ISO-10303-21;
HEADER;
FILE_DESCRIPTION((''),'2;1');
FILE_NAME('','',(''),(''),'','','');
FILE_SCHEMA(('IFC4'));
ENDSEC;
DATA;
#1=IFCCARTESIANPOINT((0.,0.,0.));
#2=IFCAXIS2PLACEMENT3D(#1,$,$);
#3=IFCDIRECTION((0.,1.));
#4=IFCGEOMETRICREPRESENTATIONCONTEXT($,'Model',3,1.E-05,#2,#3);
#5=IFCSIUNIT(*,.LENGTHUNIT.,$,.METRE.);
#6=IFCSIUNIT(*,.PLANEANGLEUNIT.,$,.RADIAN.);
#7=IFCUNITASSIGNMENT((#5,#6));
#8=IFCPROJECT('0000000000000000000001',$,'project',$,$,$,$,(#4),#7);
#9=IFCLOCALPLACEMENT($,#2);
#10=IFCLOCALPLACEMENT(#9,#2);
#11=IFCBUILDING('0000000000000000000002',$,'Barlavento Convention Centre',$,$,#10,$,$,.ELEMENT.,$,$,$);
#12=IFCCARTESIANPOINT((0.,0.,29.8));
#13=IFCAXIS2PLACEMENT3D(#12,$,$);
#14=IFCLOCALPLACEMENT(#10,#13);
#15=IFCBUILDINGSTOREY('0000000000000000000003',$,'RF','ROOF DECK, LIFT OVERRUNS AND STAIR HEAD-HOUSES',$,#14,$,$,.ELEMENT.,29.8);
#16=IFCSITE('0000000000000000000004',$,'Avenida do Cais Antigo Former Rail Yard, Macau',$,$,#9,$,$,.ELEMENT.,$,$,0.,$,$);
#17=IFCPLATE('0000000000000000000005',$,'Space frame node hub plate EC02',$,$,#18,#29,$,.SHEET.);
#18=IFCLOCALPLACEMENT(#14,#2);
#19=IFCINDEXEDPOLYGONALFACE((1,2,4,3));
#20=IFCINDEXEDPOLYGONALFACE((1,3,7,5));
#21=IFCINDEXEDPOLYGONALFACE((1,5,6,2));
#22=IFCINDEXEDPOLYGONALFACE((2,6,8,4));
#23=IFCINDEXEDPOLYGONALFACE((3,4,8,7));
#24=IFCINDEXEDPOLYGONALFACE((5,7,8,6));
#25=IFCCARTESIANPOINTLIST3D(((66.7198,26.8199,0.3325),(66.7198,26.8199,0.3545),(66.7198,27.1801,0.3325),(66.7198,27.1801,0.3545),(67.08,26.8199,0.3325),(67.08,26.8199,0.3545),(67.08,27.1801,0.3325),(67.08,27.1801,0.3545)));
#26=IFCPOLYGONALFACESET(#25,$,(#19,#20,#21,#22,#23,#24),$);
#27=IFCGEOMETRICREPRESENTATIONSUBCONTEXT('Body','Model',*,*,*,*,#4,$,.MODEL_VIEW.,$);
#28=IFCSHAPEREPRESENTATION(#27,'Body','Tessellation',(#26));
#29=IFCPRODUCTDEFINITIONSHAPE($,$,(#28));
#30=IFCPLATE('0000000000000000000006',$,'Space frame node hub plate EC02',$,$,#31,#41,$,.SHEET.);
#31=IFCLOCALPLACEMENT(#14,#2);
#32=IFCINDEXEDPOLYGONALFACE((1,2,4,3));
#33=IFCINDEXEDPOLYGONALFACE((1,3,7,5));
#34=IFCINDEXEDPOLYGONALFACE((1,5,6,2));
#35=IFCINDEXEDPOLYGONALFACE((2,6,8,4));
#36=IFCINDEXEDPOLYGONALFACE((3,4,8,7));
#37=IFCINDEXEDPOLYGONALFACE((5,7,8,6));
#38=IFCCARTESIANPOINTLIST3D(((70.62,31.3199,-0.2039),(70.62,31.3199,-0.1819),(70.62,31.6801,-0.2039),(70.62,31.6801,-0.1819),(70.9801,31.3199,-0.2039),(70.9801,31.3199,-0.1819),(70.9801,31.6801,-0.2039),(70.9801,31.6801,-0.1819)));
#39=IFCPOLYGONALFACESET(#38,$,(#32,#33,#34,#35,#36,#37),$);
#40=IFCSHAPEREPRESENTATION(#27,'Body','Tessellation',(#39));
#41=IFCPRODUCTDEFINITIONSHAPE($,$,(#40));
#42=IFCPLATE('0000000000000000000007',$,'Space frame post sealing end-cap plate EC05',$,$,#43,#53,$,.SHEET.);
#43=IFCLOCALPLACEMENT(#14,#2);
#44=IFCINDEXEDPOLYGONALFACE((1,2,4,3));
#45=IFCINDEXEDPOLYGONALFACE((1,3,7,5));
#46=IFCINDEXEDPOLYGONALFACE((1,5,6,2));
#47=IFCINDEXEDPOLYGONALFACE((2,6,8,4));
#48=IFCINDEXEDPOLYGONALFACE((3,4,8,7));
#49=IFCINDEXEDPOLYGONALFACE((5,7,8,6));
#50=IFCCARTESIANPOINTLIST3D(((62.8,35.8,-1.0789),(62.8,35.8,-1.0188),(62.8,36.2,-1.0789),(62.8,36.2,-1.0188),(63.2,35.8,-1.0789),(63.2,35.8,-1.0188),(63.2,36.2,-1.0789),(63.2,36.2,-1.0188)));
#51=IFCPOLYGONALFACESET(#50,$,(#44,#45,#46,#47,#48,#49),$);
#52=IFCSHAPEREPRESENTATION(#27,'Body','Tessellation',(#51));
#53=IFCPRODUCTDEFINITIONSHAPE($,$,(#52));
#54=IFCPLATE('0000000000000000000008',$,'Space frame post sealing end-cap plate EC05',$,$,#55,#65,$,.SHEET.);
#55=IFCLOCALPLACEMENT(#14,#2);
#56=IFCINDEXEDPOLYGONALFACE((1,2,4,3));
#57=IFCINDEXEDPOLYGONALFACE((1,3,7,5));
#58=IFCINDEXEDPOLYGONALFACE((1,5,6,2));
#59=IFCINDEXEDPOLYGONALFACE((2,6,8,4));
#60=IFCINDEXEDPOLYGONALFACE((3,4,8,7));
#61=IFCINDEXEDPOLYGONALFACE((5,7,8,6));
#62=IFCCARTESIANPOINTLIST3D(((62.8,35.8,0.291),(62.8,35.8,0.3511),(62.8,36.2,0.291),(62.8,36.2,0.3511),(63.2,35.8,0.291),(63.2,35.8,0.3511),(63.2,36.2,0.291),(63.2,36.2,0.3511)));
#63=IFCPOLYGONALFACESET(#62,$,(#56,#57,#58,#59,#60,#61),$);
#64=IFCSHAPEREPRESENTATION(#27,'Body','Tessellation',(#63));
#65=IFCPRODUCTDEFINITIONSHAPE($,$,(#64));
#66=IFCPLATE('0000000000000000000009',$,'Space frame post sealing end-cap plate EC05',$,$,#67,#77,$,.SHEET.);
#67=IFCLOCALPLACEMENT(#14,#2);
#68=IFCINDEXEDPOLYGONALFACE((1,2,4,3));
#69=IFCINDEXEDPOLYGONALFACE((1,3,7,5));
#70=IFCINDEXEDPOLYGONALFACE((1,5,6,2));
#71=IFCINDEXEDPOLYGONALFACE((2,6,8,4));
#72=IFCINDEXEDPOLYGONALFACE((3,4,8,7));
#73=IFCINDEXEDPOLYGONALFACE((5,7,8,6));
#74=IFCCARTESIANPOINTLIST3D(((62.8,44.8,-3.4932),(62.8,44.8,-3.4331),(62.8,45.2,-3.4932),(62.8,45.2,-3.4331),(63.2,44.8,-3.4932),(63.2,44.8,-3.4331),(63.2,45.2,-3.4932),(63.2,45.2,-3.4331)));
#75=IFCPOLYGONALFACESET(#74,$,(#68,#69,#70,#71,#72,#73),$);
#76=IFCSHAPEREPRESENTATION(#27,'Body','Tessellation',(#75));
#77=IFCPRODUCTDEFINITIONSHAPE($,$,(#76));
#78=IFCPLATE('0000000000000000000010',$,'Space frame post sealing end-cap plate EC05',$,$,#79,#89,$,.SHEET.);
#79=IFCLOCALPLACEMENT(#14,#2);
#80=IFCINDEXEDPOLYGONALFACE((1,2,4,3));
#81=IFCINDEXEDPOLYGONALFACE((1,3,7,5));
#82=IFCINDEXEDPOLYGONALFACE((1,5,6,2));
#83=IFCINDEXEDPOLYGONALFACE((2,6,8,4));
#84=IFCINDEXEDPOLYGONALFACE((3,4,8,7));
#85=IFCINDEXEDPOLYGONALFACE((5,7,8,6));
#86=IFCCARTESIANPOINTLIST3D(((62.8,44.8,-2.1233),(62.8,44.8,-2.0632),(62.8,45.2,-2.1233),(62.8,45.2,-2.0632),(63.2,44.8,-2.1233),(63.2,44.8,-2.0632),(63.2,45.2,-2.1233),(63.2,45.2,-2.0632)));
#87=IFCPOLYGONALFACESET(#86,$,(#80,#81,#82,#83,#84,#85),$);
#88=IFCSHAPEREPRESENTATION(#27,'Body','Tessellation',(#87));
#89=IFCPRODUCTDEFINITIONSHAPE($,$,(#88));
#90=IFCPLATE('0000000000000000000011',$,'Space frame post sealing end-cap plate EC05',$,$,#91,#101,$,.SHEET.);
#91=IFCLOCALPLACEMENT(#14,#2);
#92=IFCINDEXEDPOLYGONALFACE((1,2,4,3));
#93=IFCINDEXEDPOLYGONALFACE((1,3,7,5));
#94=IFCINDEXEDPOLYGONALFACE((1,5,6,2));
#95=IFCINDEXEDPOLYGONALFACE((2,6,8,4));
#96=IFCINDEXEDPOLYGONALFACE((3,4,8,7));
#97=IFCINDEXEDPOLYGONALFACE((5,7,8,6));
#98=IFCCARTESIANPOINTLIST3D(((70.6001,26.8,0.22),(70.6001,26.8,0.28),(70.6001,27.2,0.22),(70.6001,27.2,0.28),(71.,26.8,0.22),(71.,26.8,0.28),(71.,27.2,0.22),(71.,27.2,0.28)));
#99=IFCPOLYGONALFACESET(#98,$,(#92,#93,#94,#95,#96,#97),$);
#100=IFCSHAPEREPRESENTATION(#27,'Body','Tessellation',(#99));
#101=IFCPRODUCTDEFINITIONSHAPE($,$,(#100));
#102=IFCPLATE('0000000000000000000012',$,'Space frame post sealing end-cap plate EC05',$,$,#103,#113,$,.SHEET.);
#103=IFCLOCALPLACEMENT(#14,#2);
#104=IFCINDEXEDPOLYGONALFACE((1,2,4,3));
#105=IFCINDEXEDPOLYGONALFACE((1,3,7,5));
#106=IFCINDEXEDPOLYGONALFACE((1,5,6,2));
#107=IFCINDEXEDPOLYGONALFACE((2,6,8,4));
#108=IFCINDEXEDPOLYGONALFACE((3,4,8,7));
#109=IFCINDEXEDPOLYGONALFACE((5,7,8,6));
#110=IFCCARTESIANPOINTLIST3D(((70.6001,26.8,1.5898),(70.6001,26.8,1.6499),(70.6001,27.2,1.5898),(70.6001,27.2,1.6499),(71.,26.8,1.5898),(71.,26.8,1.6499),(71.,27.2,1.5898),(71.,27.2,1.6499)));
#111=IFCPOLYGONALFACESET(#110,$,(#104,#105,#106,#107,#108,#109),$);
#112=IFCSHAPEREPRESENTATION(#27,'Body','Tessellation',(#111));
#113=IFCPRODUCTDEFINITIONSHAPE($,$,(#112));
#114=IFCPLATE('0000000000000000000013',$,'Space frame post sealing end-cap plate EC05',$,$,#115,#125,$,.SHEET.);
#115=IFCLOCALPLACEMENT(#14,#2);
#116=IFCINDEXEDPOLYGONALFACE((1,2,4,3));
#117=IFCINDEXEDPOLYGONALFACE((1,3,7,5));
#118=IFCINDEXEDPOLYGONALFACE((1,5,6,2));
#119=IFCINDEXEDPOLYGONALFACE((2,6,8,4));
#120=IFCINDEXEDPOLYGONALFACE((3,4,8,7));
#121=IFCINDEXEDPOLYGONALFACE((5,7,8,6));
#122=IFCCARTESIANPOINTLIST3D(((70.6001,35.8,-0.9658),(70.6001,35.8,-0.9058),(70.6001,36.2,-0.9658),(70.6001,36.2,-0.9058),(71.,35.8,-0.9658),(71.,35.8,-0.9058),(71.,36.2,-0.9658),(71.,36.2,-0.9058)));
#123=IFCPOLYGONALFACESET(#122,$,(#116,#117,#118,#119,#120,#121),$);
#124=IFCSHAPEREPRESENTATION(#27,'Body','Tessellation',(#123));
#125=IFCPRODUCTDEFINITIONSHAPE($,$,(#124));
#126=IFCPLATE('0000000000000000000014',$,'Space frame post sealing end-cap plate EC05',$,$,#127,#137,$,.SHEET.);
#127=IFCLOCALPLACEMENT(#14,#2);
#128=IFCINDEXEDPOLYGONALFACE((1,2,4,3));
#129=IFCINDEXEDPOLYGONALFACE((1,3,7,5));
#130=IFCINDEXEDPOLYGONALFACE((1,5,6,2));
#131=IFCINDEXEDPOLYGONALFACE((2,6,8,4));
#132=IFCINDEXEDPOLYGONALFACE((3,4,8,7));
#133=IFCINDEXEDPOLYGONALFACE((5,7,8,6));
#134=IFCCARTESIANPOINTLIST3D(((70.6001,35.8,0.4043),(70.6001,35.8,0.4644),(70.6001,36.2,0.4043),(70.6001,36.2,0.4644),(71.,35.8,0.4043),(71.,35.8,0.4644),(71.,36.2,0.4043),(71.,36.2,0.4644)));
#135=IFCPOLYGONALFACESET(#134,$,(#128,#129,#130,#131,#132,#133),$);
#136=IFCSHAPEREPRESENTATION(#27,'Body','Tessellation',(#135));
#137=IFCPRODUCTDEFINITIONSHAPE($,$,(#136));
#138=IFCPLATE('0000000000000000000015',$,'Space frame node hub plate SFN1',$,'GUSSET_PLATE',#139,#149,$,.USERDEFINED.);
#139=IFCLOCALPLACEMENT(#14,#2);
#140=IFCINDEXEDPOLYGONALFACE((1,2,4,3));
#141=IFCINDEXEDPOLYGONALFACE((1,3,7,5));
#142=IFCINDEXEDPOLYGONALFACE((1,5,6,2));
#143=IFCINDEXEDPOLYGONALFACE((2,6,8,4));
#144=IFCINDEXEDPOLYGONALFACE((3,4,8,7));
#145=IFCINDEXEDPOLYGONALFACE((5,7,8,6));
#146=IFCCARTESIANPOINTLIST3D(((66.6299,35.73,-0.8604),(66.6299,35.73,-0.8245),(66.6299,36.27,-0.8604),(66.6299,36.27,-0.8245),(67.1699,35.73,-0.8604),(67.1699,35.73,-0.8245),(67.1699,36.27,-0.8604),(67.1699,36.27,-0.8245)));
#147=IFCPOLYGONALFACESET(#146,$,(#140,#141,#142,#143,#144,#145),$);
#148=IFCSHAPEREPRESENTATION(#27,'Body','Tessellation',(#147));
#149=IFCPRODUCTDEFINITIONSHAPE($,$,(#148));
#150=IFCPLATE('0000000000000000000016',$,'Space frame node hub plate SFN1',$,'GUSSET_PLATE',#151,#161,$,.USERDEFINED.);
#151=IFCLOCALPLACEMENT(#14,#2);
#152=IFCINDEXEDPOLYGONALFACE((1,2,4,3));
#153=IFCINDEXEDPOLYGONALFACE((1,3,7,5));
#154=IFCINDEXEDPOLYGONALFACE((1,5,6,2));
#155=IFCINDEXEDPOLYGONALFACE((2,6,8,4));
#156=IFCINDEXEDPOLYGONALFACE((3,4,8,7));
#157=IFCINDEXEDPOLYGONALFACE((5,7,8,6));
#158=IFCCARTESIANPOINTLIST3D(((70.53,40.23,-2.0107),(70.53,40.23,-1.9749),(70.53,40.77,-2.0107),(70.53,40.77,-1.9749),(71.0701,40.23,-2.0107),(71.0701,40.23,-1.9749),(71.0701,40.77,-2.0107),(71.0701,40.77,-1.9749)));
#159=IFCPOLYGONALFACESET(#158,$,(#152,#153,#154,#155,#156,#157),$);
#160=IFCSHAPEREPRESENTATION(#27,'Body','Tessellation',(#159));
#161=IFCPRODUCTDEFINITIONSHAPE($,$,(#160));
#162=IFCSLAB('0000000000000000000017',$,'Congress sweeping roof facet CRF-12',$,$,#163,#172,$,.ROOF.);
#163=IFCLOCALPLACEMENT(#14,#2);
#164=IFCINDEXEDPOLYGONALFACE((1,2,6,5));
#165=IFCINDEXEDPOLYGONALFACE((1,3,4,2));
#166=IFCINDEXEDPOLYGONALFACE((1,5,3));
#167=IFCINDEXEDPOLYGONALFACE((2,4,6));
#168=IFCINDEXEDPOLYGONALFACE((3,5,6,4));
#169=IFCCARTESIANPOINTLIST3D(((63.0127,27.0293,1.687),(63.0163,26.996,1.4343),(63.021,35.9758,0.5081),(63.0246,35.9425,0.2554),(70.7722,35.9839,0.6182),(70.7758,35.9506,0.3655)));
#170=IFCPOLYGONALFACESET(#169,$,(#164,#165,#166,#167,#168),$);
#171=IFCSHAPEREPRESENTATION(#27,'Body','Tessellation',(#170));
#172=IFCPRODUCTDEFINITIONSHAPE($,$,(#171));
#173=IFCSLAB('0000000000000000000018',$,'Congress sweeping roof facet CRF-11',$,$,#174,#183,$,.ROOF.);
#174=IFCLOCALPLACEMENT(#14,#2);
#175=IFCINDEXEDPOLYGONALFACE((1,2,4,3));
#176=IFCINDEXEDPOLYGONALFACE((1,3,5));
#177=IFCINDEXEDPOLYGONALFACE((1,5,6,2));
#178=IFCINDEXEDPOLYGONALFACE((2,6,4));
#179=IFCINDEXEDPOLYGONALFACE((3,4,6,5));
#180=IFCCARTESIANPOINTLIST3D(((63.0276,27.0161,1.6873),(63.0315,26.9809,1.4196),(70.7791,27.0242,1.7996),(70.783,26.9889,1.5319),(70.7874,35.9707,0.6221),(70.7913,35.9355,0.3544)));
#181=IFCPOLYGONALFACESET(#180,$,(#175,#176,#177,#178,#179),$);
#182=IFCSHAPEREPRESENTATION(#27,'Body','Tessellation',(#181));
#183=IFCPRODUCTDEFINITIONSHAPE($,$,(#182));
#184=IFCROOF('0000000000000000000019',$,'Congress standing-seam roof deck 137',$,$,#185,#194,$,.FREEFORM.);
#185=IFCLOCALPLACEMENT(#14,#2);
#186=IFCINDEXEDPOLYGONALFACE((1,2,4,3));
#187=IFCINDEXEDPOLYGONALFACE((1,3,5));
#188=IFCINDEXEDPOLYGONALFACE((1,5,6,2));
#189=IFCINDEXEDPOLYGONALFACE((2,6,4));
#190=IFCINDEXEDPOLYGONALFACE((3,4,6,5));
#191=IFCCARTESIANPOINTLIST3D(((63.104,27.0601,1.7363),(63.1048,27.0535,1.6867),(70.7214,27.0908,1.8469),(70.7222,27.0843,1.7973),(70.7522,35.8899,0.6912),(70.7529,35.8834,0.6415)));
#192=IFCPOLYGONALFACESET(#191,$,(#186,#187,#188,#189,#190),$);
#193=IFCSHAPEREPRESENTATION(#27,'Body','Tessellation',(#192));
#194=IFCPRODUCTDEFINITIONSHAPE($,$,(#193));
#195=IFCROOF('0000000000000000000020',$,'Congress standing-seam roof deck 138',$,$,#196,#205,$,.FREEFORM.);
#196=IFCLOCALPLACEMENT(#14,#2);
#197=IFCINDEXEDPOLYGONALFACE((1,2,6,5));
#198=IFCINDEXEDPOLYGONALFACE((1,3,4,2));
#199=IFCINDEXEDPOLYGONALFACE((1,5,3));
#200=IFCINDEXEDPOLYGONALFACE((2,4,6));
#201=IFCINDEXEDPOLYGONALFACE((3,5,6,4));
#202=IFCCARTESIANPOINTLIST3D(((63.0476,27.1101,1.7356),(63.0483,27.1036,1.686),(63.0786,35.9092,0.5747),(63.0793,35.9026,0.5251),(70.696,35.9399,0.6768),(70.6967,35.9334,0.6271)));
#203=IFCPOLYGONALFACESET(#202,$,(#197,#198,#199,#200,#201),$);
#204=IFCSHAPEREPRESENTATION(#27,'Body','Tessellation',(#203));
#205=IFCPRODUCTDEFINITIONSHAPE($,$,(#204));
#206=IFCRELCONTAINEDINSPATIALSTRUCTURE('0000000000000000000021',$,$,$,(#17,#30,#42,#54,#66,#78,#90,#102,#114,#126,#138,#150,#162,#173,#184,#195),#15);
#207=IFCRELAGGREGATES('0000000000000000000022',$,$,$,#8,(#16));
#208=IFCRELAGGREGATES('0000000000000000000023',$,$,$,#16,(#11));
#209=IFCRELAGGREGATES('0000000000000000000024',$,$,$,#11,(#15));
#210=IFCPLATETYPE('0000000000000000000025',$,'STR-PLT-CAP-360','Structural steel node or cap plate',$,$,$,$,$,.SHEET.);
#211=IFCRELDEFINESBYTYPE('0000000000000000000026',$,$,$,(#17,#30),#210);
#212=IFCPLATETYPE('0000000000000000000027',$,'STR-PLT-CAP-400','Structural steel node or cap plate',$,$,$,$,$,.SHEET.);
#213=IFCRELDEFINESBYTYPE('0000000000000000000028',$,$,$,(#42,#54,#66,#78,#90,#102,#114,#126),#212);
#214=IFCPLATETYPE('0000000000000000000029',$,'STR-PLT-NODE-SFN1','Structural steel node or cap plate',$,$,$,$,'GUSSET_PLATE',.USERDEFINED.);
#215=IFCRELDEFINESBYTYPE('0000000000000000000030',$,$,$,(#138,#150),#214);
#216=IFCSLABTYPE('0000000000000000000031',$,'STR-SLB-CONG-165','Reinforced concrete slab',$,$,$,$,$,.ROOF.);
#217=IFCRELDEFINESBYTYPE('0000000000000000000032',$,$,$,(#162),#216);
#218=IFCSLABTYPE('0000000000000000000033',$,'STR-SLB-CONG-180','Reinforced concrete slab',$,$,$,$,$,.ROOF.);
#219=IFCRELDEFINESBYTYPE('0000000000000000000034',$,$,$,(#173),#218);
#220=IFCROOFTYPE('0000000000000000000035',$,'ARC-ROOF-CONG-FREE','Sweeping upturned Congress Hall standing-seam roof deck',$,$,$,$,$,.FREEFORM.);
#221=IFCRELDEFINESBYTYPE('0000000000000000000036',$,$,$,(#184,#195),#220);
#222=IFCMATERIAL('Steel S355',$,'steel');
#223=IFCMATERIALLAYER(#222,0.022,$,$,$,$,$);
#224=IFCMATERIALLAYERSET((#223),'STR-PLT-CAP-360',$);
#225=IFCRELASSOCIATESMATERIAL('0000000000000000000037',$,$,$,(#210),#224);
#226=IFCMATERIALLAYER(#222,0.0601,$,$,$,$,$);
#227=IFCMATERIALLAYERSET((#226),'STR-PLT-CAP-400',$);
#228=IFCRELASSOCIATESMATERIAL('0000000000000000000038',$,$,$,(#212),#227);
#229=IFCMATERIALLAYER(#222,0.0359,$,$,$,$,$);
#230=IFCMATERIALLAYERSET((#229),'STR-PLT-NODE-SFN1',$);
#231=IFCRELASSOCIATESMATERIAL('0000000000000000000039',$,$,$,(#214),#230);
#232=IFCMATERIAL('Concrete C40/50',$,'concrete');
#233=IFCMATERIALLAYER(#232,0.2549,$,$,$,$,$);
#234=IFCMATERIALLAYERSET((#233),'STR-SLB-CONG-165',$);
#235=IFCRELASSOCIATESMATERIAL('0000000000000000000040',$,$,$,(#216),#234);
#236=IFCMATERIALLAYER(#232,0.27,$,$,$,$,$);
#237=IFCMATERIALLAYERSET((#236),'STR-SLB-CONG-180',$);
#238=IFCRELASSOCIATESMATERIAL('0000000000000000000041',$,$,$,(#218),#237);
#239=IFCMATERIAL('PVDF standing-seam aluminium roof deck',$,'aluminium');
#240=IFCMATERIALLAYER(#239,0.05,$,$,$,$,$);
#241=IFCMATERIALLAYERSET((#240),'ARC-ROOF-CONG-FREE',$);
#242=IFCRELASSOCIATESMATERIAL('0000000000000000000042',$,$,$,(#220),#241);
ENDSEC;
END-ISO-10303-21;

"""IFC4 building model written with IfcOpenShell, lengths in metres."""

from ifc_helpers import new_model, si_unit, direction, frame, origin, origin_2d, place, context, subcontext, project, spatial, polyline, rectangle, outline, extrude, material, layer, layer_set, type_object, element, save


model = new_model("IFC4")

# Units and contexts
model_context = context("Model", 3, precision=1e-05, world=origin(), true_north=direction((0.0, 1.0)))
body_context = subcontext(model_context, "Body", "Model", "MODEL_VIEW")
ifc_project = project(units=[si_unit("LENGTHUNIT", "METRE"), si_unit("PLANEANGLEUNIT", "RADIAN")], contexts=[model_context])

# Site, building, storey
site_placement = place(None, origin())
site = spatial("IfcSite", under=ifc_project, at=site_placement, Name="Avenida do Cais Antigo Former Rail Yard, Macau", CompositionType="ELEMENT", RefElevation=0.0)
building_placement = place(site_placement, origin())
building = spatial("IfcBuilding", under=site, at=building_placement, Name="Barlavento Convention Centre", CompositionType="ELEMENT")
storey_placement = place(building_placement, frame((0.0, 0.0, 29.8)))
storey = spatial("IfcBuildingStorey", under=building, at=storey_placement, Name="RF", Description="ROOF DECK, LIFT OVERRUNS AND STAIR HEAD-HOUSES", CompositionType="ELEMENT", Elevation=29.8)

# Shared definitions
ifc_material_1 = material(Name="Steel S355", Category="steel")

# Plates
ifc_layer_1 = layer(ifc_material_1, 0.022)
ifc_layer_set_1 = layer_set([ifc_layer_1], Name="STR-PLT-CAP-360")
plate_type_1 = type_object("IfcPlateType", Name="STR-PLT-CAP-360", Description="Structural steel node or cap plate", PredefinedType="SHEET", material=ifc_layer_set_1)
for number, where, z_axis, x_axis, name in (
    (1, (66.8999, 27.0, 0.3325), (0.0, 0.0, 1.0), (1.0, 0.0, 0.0), "Space frame node hub plate EC02"),
    (2, (70.8, 31.5, -0.2039), (0.0, 0.0, 1.0), (1.0, 0.0, 0.0), "Space frame node hub plate EC02"),
):
    element("IfcPlate", number, at=place(storey_placement, frame(where, z_axis=z_axis, x_axis=x_axis)), inside=storey, type_object=plate_type_1, Name=name, PredefinedType="SHEET", context=body_context, shape_type="SweptSolid", body=[
        extrude(rectangle(XDim=0.3601, YDim=0.3601, at=origin_2d()), origin(), (0.0, 0.0, 1.0), 0.022),
    ])
ifc_layer_2 = layer(ifc_material_1, 0.0601)
ifc_layer_set_2 = layer_set([ifc_layer_2], Name="STR-PLT-CAP-400")
plate_type_2 = type_object("IfcPlateType", Name="STR-PLT-CAP-400", Description="Structural steel node or cap plate", PredefinedType="SHEET", material=ifc_layer_set_2)
for number, where, z_axis, x_axis, name in (
    (3, (63.0, 36.0, -1.0789), (0.0, 0.0, 1.0), (1.0, 0.0, 0.0), "Space frame post sealing end-cap plate EC05"),
    (4, (63.0, 36.0, 0.291), (0.0, 0.0, 1.0), (1.0, 0.0, 0.0), "Space frame post sealing end-cap plate EC05"),
    (5, (63.0, 45.0, -3.4932), (0.0, 0.0, 1.0), (1.0, 0.0, 0.0), "Space frame post sealing end-cap plate EC05"),
    (6, (63.0, 45.0, -2.1233), (0.0, 0.0, 1.0), (1.0, 0.0, 0.0), "Space frame post sealing end-cap plate EC05"),
    (7, (70.8, 27.0, 0.22), (0.0, 0.0, 1.0), (1.0, 0.0, 0.0), "Space frame post sealing end-cap plate EC05"),
    (8, (70.8, 27.0, 1.5898), (0.0, 0.0, 1.0), (1.0, 0.0, 0.0), "Space frame post sealing end-cap plate EC05"),
    (9, (70.8, 36.0, -0.9658), (0.0, 0.0, 1.0), (1.0, 0.0, 0.0), "Space frame post sealing end-cap plate EC05"),
    (10, (70.8, 36.0, 0.4043), (0.0, 0.0, 1.0), (1.0, 0.0, 0.0), "Space frame post sealing end-cap plate EC05"),
):
    element("IfcPlate", number, at=place(storey_placement, frame(where, z_axis=z_axis, x_axis=x_axis)), inside=storey, type_object=plate_type_2, Name=name, PredefinedType="SHEET", context=body_context, shape_type="SweptSolid", body=[
        extrude(rectangle(XDim=0.3999, YDim=0.3999, at=origin_2d()), origin(), (0.0, 0.0, 1.0), 0.0601),
    ])
ifc_layer_3 = layer(ifc_material_1, 0.0359)
ifc_layer_set_3 = layer_set([ifc_layer_3], Name="STR-PLT-NODE-SFN1")
plate_type_3 = type_object("IfcPlateType", Name="STR-PLT-NODE-SFN1", Description="Structural steel node or cap plate", ElementType="GUSSET_PLATE", PredefinedType="USERDEFINED", material=ifc_layer_set_3)
for number, where, z_axis, x_axis, name in (
    (11, (66.8999, 36.0, -0.8604), (0.0, 0.0, 1.0), (1.0, 0.0, 0.0), "Space frame node hub plate SFN1"),
    (12, (70.8, 40.5, -2.0107), (0.0, 0.0, 1.0), (1.0, 0.0, 0.0), "Space frame node hub plate SFN1"),
):
    element("IfcPlate", number, at=place(storey_placement, frame(where, z_axis=z_axis, x_axis=x_axis)), inside=storey, type_object=plate_type_3, Name=name, ObjectType="GUSSET_PLATE", PredefinedType="USERDEFINED", context=body_context, shape_type="SweptSolid", body=[
        extrude(rectangle(XDim=0.54, YDim=0.54, at=origin_2d()), origin(), (0.0, 0.0, 1.0), 0.0359),
    ])

# Slabs
ifc_material_2 = material(Name="Concrete C40/50", Category="concrete")
ifc_layer_4 = layer(ifc_material_2, 0.2549)
ifc_layer_set_4 = layer_set([ifc_layer_4], Name="STR-SLB-CONG-165")
slab_type_1 = type_object("IfcSlabType", Name="STR-SLB-CONG-165", Description="Reinforced concrete slab", PredefinedType="ROOF", material=ifc_layer_set_4)
slab_1_placement = place(storey_placement, frame((63.0127, 27.0293, 1.687), z_axis=(-0.014218, 0.130648, 0.991327), x_axis=(0.652228, 0.75268, -0.089842)))
element("IfcSlab", 13, at=slab_1_placement, inside=storey, type_object=slab_type_1, Name="Congress sweeping roof facet CRF-12", PredefinedType="ROOF", context=body_context, shape_type="SweptSolid", body=[
    extrude(outline(polyline([(0.0, 0.0), (11.8969, 0.0), (6.8452, 5.8799), (0.0, 0.0)])), origin(), (0.0, 0.0, -1.0), 0.2549),
])
ifc_layer_5 = layer(ifc_material_2, 0.27)
ifc_layer_set_5 = layer_set([ifc_layer_5], Name="STR-SLB-CONG-180")
slab_type_2 = type_object("IfcSlabType", Name="STR-SLB-CONG-180", Description="Reinforced concrete slab", PredefinedType="ROOF", material=ifc_layer_set_5)
slab_2_placement = place(storey_placement, frame((63.0276, 27.0161, 1.6873), z_axis=(-0.014498, 0.130488, 0.991344), x_axis=(0.999895, 0.001039, 0.014487)))
element("IfcSlab", 14, at=slab_2_placement, inside=storey, type_object=slab_type_2, Name="Congress sweeping roof facet CRF-11", PredefinedType="ROOF", context=body_context, shape_type="SweptSolid", body=[
    extrude(outline(polyline([(0.0, 0.0), (7.7523, 0.0), (7.7528, 9.0237), (0.0, 0.0)])), origin(), (0.0, 0.0, -1.0), 0.27),
])

# Roofs
ifc_material_3 = material(Name="PVDF standing-seam aluminium roof deck", Category="aluminium")
ifc_layer_6 = layer(ifc_material_3, 0.05)
ifc_layer_set_6 = layer_set([ifc_layer_6], Name="ARC-ROOF-CONG-FREE")
roof_type = type_object("IfcRoofType", Name="ARC-ROOF-CONG-FREE", Description="Sweeping upturned Congress Hall standing-seam roof deck", PredefinedType="FREEFORM", material=ifc_layer_set_6)
roof_1_placement = place(storey_placement, frame((63.104, 27.0601, 1.7363), z_axis=(-0.014919, 0.130269, 0.991366), x_axis=(0.999886, 0.004038, 0.014517)))
element("IfcRoof", 15, at=roof_1_placement, inside=storey, type_object=roof_type, Name="Congress standing-seam roof deck 137", PredefinedType="FREEFORM", context=body_context, shape_type="SweptSolid", body=[
    extrude(outline(polyline([(0.0, 0.0), (7.6183, 0.0), (7.6678, 8.8746), (0.0, 0.0)])), origin(), (0.0, 0.0, -1.0), 0.05),
])
roof_2_placement = place(storey_placement, frame((63.0476, 27.1101, 1.7356), z_axis=(-0.013809, 0.130835, 0.991308), x_axis=(0.652058, 0.752776, -0.09027)))
element("IfcRoof", 16, at=roof_2_placement, inside=storey, type_object=roof_type, Name="Congress standing-seam roof deck 138", PredefinedType="FREEFORM", context=body_context, shape_type="SweptSolid", body=[
    extrude(outline(polyline([(0.0, 0.0), (11.7297, 0.0), (6.7487, 5.7643), (0.0, 0.0)])), origin(), (0.0, 0.0, -1.0), 0.05),
])

save(model, "model.ifc")
